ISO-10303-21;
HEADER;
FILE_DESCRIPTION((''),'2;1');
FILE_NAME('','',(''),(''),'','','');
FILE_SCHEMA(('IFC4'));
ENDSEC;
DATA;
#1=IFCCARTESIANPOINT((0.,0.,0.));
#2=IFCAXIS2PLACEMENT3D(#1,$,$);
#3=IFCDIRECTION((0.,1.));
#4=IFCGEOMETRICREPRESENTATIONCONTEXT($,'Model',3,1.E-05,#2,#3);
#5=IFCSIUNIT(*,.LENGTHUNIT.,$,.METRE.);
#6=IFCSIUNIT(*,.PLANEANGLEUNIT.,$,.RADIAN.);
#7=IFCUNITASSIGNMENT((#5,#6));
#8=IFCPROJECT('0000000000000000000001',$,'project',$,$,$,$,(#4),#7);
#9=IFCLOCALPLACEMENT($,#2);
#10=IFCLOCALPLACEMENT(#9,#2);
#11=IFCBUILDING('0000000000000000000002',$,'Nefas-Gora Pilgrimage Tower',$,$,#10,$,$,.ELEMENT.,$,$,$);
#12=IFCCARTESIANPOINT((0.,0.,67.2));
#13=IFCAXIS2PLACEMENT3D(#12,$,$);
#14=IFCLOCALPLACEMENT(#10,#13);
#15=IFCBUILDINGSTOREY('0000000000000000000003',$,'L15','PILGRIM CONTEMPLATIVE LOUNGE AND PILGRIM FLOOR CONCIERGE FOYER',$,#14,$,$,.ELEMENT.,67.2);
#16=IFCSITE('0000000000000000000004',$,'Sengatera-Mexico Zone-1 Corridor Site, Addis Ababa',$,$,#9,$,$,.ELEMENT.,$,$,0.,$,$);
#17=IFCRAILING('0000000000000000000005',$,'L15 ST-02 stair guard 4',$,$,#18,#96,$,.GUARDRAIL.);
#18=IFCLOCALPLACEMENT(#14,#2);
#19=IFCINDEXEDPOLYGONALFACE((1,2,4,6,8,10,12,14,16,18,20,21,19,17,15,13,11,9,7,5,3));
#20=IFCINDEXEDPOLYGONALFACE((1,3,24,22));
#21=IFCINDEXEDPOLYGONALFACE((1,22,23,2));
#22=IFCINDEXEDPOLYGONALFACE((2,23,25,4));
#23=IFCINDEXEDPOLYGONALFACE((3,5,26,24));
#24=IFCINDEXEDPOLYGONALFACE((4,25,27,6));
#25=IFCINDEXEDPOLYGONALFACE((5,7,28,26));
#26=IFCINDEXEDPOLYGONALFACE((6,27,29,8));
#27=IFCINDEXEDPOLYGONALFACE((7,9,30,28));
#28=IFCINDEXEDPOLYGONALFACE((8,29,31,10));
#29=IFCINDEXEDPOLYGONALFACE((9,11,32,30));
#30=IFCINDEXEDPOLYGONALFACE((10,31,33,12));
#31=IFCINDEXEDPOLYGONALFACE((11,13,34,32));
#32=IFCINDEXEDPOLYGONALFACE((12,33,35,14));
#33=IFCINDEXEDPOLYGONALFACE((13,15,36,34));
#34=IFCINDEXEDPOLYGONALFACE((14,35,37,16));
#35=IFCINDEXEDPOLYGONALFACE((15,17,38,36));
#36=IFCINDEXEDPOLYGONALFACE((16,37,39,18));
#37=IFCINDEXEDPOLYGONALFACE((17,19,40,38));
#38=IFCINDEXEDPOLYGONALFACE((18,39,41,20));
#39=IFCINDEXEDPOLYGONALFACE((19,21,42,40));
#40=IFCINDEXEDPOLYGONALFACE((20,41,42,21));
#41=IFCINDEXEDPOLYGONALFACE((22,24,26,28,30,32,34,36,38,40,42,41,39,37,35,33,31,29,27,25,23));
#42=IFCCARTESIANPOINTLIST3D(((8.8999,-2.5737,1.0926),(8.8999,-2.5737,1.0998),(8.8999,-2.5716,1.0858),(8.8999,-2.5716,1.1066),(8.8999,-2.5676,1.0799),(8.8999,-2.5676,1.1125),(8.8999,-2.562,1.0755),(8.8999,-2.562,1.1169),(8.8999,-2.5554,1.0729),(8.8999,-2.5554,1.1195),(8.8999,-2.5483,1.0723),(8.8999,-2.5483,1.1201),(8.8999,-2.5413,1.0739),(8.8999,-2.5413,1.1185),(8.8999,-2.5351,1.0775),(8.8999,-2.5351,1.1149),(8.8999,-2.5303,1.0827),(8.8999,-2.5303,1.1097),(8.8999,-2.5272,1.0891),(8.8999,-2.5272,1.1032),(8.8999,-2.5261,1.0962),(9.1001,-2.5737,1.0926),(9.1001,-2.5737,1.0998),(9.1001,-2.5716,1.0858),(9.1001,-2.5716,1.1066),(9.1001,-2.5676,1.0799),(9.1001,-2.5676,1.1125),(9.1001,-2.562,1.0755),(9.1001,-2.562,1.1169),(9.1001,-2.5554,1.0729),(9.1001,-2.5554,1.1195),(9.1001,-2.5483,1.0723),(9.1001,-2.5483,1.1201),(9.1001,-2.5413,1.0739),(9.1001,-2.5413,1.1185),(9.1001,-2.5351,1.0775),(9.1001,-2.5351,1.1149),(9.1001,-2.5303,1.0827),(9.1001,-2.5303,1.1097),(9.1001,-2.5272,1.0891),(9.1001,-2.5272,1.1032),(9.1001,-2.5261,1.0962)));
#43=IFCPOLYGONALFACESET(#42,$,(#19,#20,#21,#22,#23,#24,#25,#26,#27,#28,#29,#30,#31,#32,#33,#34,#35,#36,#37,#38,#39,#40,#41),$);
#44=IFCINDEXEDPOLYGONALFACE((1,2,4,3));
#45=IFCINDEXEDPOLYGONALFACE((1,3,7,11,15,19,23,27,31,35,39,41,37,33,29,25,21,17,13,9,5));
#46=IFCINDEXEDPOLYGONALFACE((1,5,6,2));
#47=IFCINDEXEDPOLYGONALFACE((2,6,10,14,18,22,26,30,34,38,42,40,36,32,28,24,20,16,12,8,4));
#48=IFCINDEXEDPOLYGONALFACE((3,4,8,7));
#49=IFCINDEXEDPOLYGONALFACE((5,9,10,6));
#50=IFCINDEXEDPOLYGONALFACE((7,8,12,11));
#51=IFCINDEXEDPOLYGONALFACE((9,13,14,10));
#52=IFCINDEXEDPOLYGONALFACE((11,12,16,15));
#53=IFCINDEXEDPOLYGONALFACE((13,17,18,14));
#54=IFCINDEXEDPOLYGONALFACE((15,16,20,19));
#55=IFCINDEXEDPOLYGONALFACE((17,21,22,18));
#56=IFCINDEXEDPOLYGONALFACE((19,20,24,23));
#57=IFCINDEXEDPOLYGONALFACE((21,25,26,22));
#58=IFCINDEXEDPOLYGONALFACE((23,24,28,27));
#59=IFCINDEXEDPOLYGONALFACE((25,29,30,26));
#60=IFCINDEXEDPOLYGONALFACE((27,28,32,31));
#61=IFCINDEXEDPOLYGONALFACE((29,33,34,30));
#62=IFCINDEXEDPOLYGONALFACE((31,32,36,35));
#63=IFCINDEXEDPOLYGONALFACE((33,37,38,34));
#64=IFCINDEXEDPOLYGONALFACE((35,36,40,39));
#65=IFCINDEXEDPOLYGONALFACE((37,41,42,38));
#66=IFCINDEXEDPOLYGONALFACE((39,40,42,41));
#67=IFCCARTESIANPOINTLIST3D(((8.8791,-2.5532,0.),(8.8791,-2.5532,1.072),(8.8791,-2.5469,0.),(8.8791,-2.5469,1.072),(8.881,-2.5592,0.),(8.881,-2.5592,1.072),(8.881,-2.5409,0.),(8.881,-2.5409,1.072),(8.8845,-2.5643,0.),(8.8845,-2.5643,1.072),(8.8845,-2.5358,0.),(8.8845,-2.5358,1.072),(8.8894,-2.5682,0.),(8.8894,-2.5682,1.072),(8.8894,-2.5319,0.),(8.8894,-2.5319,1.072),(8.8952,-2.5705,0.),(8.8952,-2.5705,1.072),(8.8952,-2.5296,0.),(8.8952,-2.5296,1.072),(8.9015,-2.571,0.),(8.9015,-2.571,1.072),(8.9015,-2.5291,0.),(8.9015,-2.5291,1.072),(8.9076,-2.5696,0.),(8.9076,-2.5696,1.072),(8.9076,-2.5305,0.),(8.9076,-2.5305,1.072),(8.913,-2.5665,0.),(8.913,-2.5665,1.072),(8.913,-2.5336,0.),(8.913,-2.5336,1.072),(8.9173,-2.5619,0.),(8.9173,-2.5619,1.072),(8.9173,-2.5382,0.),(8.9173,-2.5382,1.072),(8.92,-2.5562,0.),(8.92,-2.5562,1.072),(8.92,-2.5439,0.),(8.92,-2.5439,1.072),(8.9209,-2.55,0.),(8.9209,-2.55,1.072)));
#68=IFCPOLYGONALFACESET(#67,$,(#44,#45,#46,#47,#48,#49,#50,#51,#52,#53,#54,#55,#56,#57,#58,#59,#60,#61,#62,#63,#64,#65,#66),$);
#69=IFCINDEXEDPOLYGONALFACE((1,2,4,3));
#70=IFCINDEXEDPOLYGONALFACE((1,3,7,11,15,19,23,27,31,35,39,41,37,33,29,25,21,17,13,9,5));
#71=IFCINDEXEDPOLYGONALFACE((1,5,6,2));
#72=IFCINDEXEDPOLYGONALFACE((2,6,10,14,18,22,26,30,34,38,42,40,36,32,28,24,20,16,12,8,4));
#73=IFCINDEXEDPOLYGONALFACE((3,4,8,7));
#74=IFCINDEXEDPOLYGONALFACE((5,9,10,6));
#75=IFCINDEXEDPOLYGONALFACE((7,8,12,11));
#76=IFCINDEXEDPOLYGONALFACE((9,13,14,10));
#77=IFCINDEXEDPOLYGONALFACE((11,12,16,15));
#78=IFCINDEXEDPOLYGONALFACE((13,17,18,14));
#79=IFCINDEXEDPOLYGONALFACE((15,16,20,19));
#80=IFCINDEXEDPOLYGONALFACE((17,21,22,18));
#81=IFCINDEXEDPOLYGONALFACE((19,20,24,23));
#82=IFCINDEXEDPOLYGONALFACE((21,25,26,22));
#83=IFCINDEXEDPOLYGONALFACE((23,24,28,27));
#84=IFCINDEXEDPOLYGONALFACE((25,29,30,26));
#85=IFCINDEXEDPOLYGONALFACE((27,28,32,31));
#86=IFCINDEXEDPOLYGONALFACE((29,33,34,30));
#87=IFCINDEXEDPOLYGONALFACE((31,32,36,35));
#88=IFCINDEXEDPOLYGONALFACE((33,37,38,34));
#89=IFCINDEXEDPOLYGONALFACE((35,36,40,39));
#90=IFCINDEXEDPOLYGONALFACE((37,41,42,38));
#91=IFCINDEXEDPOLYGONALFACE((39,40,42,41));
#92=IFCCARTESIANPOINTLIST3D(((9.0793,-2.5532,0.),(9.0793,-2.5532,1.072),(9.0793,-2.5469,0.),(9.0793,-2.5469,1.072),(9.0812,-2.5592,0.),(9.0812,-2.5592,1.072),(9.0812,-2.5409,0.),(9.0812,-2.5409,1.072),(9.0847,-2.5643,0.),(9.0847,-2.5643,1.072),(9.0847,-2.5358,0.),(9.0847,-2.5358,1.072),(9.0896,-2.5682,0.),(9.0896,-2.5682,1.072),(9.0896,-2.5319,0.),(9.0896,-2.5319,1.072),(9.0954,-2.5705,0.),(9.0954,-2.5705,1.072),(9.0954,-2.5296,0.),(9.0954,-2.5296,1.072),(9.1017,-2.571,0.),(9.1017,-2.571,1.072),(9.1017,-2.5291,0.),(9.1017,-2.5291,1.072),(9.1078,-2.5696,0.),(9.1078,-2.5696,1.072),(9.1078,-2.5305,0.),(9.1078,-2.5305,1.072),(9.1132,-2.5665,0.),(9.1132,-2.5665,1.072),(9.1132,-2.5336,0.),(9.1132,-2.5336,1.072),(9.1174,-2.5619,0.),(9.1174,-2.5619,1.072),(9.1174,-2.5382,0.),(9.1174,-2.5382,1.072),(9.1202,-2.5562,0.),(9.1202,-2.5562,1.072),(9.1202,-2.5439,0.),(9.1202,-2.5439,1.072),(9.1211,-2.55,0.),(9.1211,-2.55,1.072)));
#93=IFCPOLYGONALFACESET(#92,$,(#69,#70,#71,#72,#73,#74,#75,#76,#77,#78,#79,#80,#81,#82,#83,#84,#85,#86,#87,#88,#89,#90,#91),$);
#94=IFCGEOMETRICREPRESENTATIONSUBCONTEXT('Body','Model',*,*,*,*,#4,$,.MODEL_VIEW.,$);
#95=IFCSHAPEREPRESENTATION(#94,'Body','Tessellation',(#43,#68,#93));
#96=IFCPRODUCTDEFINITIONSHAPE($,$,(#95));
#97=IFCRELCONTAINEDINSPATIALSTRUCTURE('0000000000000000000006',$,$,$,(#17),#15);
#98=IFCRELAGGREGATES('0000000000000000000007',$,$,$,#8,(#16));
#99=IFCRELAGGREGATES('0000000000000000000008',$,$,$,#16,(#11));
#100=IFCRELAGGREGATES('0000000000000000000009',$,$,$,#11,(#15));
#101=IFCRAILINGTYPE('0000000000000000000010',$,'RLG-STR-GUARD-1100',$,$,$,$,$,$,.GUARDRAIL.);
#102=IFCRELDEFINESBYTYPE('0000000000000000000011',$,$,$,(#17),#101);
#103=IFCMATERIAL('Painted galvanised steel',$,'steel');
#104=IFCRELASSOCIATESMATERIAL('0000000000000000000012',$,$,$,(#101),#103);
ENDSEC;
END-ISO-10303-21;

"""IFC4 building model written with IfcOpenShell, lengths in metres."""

from ifc_helpers import new_model, si_unit, direction, frame, origin, origin_2d, place, context, subcontext, project, spatial, circle, extrude, material, type_object, element, save


model = new_model("IFC4")

# Units and contexts
model_context = context("Model", 3, precision=1e-05, world=origin(), true_north=direction((0.0, 1.0)))
body_context = subcontext(model_context, "Body", "Model", "MODEL_VIEW")
ifc_project = project(units=[si_unit("LENGTHUNIT", "METRE"), si_unit("PLANEANGLEUNIT", "RADIAN")], contexts=[model_context])

# Site, building, storey
site_placement = place(None, origin())
site = spatial("IfcSite", under=ifc_project, at=site_placement, Name="Sengatera-Mexico Zone-1 Corridor Site, Addis Ababa", CompositionType="ELEMENT", RefElevation=0.0)
building_placement = place(site_placement, origin())
building = spatial("IfcBuilding", under=site, at=building_placement, Name="Nefas-Gora Pilgrimage Tower", CompositionType="ELEMENT")
storey_placement = place(building_placement, frame((0.0, 0.0, 67.2)))
storey = spatial("IfcBuildingStorey", under=building, at=storey_placement, Name="L15", Description="PILGRIM CONTEMPLATIVE LOUNGE AND PILGRIM FLOOR CONCIERGE FOYER", CompositionType="ELEMENT", Elevation=67.2)

# Railing
ifc_material_1 = material(Name="Painted galvanised steel", Category="steel")
railing_type_1 = type_object("IfcRailingType", Name="RLG-STR-GUARD-1100", PredefinedType="GUARDRAIL", material=ifc_material_1)
railing_1_placement = place(storey_placement, frame((8.8999, -2.55, 0.0)))
element("IfcRailing", 1, at=railing_1_placement, inside=storey, type_object=railing_type_1, Name="L15 ST-02 stair guard 4", PredefinedType="GUARDRAIL", context=body_context, shape_type="SweptSolid", body=[
    extrude(circle(Radius=0.0239, at=origin_2d()), frame((0.0, 0.0, 1.0962), z_axis=(1.0, 0.0, 0.0), x_axis=(0.0, 1.0, 0.0)), (0.0, 0.0, 1.0), 0.2002),
    extrude(circle(Radius=0.021, at=origin_2d()), origin(), (0.0, 0.0, 1.0), 1.072),
    extrude(circle(Radius=0.021, at=origin_2d()), frame((0.2002, 0.0, 0.0)), (0.0, 0.0, 1.0), 1.072),
])

save(model, "model.ifc")
